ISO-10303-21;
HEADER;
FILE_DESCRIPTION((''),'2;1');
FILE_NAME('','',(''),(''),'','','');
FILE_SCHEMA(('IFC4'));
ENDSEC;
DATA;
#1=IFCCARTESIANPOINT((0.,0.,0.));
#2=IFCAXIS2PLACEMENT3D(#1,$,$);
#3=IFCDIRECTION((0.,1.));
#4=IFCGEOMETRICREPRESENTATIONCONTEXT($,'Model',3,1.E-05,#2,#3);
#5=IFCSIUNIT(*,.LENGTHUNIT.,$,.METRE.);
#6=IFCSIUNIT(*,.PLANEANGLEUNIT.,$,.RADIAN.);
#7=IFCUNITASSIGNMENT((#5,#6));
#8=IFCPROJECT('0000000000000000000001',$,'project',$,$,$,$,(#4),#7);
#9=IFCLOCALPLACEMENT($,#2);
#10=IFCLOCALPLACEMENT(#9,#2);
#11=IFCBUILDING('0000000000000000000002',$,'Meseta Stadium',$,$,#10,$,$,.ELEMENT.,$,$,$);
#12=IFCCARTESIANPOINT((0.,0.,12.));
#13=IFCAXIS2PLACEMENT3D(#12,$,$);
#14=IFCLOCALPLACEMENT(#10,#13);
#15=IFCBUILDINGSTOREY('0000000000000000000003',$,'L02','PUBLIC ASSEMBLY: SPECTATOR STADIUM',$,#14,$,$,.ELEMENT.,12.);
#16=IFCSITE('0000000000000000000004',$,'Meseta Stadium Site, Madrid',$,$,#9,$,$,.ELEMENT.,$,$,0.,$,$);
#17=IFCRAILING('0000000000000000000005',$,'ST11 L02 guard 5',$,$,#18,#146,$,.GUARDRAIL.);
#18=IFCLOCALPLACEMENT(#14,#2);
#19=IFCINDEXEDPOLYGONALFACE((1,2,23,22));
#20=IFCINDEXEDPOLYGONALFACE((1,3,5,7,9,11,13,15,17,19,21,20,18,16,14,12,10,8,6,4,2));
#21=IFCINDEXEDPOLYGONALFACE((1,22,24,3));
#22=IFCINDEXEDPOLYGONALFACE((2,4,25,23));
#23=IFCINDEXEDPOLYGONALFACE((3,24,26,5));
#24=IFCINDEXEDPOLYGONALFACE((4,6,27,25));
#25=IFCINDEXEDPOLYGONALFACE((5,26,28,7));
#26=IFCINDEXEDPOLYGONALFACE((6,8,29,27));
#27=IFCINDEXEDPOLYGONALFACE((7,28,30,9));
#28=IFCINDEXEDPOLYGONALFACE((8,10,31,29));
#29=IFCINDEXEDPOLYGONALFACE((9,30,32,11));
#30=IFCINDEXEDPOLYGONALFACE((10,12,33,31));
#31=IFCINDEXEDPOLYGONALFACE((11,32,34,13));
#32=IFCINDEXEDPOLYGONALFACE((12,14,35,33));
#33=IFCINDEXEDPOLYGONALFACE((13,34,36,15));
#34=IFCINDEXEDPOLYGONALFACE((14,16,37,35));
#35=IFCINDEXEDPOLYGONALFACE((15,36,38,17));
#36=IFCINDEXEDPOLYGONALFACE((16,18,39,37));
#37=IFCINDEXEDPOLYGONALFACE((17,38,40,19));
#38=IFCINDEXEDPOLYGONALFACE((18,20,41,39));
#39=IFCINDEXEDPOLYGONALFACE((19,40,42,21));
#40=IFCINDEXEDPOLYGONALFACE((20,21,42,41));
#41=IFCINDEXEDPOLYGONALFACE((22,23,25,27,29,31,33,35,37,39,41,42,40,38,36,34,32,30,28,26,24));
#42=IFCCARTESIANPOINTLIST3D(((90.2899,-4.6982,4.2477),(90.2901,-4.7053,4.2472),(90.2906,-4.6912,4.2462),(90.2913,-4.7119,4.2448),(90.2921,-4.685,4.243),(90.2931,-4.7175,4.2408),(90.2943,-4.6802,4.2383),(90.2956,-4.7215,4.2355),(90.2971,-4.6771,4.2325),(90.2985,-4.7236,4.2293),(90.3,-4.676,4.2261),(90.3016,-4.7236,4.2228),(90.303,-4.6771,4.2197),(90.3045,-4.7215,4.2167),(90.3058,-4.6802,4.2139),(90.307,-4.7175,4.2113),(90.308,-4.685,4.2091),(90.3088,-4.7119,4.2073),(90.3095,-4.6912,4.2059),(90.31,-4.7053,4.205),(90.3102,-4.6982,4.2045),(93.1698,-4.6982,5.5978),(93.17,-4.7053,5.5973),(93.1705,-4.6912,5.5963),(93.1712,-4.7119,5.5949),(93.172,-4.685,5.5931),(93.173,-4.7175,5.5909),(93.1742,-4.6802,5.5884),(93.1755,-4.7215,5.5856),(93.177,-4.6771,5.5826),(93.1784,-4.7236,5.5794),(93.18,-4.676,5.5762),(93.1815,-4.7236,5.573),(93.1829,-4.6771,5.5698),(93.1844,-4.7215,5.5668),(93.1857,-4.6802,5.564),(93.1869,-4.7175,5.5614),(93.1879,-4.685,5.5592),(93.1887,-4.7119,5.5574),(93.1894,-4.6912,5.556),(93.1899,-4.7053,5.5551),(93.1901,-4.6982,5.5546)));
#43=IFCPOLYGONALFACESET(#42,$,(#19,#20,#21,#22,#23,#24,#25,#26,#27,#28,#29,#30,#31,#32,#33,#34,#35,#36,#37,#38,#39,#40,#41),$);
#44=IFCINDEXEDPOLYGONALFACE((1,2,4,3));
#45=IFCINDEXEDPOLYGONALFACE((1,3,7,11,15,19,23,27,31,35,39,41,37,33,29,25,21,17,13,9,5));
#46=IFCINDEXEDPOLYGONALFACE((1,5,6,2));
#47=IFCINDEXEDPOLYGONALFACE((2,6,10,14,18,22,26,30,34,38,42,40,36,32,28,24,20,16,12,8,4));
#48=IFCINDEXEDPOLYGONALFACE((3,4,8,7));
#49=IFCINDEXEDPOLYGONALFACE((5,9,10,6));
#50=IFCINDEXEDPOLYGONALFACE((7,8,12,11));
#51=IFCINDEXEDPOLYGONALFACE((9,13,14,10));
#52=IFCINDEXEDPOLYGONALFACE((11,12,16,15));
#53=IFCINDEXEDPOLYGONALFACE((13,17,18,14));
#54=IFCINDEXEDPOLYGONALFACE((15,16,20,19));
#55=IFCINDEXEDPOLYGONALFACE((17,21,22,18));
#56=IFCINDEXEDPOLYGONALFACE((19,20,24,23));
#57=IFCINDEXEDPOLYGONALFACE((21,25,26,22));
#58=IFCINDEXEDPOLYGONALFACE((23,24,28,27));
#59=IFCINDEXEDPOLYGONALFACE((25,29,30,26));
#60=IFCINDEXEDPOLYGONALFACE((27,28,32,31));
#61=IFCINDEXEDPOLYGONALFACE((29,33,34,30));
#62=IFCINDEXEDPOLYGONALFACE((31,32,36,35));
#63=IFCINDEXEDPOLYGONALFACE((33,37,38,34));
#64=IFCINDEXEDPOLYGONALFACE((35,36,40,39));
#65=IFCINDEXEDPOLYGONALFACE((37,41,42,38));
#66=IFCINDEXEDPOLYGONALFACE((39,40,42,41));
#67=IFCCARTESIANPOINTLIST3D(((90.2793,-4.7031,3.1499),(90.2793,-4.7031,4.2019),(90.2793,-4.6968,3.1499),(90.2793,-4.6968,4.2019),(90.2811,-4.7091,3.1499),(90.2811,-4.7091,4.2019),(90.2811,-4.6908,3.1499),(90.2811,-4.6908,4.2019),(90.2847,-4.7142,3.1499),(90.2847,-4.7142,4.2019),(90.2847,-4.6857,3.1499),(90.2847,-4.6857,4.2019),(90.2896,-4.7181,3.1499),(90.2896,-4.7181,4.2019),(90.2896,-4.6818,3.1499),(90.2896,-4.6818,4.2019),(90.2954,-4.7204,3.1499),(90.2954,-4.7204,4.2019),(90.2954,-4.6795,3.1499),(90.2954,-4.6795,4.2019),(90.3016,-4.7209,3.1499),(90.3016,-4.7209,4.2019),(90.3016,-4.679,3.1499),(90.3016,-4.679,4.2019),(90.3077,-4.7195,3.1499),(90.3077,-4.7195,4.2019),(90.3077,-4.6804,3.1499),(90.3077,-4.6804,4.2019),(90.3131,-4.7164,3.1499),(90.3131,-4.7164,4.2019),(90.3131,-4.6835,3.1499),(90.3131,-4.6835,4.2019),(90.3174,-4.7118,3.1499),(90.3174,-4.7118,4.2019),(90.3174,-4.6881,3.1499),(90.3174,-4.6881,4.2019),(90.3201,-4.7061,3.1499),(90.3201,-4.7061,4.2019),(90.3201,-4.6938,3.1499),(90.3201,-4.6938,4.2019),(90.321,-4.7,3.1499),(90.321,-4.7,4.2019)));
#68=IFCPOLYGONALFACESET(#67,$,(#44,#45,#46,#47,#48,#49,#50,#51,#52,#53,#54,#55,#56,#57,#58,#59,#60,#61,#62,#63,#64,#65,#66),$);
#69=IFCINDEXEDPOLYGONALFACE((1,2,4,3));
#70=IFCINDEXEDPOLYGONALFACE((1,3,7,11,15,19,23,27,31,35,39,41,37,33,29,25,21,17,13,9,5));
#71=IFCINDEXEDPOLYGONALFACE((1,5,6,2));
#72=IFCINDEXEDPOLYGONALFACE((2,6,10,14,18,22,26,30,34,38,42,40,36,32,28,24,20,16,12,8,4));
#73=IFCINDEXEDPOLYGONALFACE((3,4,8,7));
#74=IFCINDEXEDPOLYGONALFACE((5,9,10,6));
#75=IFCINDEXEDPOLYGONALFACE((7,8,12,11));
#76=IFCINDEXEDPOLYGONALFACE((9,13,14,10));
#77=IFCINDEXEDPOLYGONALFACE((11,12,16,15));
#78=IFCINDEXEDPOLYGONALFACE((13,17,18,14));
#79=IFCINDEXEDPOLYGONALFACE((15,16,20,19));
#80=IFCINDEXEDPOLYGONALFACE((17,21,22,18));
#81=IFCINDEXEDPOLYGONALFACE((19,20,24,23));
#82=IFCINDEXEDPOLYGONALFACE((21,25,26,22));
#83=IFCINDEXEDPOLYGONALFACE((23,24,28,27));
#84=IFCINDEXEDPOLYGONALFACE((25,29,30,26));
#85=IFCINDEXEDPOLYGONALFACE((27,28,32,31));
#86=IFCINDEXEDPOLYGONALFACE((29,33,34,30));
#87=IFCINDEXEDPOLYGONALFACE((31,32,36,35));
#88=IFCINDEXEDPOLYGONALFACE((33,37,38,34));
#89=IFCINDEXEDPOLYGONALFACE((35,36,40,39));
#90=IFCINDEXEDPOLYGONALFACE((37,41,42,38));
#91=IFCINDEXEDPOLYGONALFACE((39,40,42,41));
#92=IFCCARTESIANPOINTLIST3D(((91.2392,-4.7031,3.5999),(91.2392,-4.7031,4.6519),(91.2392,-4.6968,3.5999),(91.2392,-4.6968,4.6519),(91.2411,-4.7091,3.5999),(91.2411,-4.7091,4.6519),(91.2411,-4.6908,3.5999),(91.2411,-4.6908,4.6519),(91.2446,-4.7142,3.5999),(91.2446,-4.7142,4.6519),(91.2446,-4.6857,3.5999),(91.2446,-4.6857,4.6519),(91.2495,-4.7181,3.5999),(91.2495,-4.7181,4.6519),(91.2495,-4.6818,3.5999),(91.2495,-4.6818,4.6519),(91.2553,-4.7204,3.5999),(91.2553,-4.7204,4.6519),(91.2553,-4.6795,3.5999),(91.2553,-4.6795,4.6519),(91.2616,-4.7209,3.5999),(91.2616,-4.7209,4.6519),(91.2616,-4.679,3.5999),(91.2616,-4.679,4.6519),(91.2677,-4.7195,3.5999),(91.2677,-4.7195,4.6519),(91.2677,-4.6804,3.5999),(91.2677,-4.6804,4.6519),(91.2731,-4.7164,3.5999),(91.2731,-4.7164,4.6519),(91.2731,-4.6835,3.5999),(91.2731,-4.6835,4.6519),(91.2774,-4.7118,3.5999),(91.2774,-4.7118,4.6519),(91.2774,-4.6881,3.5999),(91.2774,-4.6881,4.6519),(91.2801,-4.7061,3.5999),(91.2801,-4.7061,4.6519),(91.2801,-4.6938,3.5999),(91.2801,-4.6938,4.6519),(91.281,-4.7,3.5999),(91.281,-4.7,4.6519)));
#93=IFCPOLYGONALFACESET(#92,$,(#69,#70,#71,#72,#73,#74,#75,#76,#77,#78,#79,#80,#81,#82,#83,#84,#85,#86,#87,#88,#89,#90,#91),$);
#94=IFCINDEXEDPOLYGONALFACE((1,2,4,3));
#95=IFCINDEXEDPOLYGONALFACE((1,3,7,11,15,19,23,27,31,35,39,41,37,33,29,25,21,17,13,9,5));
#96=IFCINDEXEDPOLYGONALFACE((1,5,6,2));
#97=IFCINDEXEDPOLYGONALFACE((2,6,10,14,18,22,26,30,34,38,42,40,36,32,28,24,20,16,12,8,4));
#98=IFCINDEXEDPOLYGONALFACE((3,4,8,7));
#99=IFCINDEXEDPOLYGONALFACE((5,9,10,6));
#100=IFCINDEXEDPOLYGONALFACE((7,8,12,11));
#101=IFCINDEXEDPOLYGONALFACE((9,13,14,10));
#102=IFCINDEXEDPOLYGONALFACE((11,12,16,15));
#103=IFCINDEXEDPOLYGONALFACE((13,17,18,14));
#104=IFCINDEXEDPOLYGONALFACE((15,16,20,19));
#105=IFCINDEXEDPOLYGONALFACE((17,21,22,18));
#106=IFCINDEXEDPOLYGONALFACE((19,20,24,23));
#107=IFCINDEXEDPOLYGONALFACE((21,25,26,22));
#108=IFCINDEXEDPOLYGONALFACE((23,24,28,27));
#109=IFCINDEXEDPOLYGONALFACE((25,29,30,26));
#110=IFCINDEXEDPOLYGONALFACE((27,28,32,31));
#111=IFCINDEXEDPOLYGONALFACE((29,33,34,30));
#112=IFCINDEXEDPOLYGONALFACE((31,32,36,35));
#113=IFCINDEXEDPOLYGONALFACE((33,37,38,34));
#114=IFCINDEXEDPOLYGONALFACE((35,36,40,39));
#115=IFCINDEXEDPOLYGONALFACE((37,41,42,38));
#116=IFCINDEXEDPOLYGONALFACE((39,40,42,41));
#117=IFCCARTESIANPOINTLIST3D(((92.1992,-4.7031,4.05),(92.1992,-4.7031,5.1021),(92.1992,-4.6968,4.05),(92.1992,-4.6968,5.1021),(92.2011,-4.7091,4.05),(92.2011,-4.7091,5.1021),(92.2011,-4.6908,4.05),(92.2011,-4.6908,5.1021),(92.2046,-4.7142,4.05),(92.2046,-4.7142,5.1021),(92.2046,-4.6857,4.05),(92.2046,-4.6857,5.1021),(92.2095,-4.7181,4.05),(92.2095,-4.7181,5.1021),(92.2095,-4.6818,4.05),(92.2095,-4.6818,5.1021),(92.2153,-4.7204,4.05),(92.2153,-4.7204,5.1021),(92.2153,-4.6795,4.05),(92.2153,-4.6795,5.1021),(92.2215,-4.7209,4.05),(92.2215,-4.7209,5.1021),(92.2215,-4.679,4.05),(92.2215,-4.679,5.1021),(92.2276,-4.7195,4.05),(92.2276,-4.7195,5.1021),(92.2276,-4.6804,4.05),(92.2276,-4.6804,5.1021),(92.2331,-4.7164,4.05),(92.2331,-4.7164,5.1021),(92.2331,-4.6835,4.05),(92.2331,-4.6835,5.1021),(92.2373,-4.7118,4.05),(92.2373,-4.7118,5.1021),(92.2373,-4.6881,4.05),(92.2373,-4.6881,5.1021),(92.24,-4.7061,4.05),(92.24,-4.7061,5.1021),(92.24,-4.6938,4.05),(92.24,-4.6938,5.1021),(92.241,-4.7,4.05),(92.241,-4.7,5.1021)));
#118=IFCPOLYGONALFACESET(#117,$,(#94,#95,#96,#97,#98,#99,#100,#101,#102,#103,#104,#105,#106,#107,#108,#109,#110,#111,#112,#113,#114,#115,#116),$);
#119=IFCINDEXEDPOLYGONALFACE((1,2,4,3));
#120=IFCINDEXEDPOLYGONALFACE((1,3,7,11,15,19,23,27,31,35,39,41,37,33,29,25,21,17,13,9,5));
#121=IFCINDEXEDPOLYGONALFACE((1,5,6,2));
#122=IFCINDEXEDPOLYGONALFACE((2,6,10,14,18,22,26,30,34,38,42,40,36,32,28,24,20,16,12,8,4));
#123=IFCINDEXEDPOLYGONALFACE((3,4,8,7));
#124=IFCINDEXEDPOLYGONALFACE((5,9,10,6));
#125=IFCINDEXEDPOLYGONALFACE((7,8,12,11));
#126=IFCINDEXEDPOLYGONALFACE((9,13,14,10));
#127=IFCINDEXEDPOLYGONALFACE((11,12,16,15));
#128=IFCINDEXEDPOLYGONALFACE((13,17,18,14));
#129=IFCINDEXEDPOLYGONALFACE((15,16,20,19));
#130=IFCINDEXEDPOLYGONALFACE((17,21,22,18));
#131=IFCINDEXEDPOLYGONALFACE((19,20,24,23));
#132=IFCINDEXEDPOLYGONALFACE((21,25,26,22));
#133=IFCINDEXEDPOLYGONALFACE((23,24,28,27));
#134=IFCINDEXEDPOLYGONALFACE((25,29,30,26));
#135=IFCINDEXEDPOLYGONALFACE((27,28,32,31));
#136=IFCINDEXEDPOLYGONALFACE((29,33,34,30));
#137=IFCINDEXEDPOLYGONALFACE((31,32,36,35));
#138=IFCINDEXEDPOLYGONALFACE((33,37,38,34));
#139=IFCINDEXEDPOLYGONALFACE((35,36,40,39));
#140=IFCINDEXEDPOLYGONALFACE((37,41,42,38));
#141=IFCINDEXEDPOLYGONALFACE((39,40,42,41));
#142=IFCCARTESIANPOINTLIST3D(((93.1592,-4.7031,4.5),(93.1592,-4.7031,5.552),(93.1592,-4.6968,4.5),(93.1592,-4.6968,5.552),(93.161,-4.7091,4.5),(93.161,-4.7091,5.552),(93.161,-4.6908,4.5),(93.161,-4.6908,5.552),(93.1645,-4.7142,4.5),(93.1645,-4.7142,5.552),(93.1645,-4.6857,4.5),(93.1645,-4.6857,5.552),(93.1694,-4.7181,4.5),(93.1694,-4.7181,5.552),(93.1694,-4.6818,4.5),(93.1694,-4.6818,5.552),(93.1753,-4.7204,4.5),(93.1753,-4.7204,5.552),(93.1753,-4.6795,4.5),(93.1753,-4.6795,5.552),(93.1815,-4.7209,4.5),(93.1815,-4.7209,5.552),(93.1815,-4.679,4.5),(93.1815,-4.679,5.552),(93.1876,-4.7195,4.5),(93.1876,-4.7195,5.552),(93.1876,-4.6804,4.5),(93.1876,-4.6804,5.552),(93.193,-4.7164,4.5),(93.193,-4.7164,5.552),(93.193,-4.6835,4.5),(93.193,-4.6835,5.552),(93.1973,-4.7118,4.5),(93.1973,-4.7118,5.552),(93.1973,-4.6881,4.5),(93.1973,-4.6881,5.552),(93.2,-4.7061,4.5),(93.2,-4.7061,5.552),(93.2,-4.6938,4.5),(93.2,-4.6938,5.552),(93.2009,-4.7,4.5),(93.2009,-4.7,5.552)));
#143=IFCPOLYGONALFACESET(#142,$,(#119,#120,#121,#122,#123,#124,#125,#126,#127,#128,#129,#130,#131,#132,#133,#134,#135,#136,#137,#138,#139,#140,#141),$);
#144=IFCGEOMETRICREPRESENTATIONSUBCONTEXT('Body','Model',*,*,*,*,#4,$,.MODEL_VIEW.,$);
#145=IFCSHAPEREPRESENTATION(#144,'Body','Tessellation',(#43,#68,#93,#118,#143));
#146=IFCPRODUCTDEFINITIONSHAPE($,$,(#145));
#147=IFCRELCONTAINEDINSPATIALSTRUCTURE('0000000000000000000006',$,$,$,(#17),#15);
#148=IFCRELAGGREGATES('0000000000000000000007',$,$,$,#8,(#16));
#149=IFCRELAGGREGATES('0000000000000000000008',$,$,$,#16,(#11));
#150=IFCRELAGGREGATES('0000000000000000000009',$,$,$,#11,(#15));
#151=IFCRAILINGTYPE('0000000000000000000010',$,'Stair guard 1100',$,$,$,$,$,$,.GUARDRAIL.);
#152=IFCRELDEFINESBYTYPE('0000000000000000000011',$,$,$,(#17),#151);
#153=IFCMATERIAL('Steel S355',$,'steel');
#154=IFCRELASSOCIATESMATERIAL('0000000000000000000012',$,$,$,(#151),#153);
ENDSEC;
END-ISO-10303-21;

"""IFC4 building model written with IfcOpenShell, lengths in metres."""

from ifc_helpers import new_model, si_unit, direction, frame, origin, origin_2d, place, context, subcontext, project, spatial, circle, extrude, material, type_object, element, save


model = new_model("IFC4")

# Units and contexts
model_context = context("Model", 3, precision=1e-05, world=origin(), true_north=direction((0.0, 1.0)))
body_context = subcontext(model_context, "Body", "Model", "MODEL_VIEW")
ifc_project = project(units=[si_unit("LENGTHUNIT", "METRE"), si_unit("PLANEANGLEUNIT", "RADIAN")], contexts=[model_context])

# Site, building, storey
site_placement = place(None, origin())
site = spatial("IfcSite", under=ifc_project, at=site_placement, Name="Meseta Stadium Site, Madrid", CompositionType="ELEMENT", RefElevation=0.0)
building_placement = place(site_placement, origin())
building = spatial("IfcBuilding", under=site, at=building_placement, Name="Meseta Stadium", CompositionType="ELEMENT")
storey_placement = place(building_placement, frame((0.0, 0.0, 12.0)))
storey = spatial("IfcBuildingStorey", under=building, at=storey_placement, Name="L02", Description="PUBLIC ASSEMBLY: SPECTATOR STADIUM", CompositionType="ELEMENT", Elevation=12.0)

# Railing
ifc_material_1 = material(Name="Steel S355", Category="steel")
railing_type_1 = type_object("IfcRailingType", Name="Stair guard 1100", PredefinedType="GUARDRAIL", material=ifc_material_1)
railing_1_placement = place(storey_placement, frame((90.3, -4.7, 3.1499)))
element("IfcRailing", 1, at=railing_1_placement, inside=storey, type_object=railing_type_1, Name="ST11 L02 guard 5", PredefinedType="GUARDRAIL", context=body_context, shape_type="SweptSolid", body=[
    extrude(circle(Radius=0.0239, at=origin_2d()), frame((0.0, 0.0, 1.0762), z_axis=(0.90544, 0.0, 0.424473), x_axis=(0.0, 1.0, 0.0)), (0.0, 0.0, 1.0), 3.1807),
    extrude(circle(Radius=0.021, at=origin_2d()), origin(), (0.0, 0.0, 1.0), 1.052),
    extrude(circle(Radius=0.021, at=origin_2d()), frame((0.96, 0.0, 0.45)), (0.0, 0.0, 1.0), 1.052),
    extrude(circle(Radius=0.021, at=origin_2d()), frame((1.9199, 0.0, 0.9001)), (0.0, 0.0, 1.0), 1.052),
    extrude(circle(Radius=0.021, at=origin_2d()), frame((2.8799, 0.0, 1.3501)), (0.0, 0.0, 1.0), 1.052),
])

save(model, "model.ifc")
